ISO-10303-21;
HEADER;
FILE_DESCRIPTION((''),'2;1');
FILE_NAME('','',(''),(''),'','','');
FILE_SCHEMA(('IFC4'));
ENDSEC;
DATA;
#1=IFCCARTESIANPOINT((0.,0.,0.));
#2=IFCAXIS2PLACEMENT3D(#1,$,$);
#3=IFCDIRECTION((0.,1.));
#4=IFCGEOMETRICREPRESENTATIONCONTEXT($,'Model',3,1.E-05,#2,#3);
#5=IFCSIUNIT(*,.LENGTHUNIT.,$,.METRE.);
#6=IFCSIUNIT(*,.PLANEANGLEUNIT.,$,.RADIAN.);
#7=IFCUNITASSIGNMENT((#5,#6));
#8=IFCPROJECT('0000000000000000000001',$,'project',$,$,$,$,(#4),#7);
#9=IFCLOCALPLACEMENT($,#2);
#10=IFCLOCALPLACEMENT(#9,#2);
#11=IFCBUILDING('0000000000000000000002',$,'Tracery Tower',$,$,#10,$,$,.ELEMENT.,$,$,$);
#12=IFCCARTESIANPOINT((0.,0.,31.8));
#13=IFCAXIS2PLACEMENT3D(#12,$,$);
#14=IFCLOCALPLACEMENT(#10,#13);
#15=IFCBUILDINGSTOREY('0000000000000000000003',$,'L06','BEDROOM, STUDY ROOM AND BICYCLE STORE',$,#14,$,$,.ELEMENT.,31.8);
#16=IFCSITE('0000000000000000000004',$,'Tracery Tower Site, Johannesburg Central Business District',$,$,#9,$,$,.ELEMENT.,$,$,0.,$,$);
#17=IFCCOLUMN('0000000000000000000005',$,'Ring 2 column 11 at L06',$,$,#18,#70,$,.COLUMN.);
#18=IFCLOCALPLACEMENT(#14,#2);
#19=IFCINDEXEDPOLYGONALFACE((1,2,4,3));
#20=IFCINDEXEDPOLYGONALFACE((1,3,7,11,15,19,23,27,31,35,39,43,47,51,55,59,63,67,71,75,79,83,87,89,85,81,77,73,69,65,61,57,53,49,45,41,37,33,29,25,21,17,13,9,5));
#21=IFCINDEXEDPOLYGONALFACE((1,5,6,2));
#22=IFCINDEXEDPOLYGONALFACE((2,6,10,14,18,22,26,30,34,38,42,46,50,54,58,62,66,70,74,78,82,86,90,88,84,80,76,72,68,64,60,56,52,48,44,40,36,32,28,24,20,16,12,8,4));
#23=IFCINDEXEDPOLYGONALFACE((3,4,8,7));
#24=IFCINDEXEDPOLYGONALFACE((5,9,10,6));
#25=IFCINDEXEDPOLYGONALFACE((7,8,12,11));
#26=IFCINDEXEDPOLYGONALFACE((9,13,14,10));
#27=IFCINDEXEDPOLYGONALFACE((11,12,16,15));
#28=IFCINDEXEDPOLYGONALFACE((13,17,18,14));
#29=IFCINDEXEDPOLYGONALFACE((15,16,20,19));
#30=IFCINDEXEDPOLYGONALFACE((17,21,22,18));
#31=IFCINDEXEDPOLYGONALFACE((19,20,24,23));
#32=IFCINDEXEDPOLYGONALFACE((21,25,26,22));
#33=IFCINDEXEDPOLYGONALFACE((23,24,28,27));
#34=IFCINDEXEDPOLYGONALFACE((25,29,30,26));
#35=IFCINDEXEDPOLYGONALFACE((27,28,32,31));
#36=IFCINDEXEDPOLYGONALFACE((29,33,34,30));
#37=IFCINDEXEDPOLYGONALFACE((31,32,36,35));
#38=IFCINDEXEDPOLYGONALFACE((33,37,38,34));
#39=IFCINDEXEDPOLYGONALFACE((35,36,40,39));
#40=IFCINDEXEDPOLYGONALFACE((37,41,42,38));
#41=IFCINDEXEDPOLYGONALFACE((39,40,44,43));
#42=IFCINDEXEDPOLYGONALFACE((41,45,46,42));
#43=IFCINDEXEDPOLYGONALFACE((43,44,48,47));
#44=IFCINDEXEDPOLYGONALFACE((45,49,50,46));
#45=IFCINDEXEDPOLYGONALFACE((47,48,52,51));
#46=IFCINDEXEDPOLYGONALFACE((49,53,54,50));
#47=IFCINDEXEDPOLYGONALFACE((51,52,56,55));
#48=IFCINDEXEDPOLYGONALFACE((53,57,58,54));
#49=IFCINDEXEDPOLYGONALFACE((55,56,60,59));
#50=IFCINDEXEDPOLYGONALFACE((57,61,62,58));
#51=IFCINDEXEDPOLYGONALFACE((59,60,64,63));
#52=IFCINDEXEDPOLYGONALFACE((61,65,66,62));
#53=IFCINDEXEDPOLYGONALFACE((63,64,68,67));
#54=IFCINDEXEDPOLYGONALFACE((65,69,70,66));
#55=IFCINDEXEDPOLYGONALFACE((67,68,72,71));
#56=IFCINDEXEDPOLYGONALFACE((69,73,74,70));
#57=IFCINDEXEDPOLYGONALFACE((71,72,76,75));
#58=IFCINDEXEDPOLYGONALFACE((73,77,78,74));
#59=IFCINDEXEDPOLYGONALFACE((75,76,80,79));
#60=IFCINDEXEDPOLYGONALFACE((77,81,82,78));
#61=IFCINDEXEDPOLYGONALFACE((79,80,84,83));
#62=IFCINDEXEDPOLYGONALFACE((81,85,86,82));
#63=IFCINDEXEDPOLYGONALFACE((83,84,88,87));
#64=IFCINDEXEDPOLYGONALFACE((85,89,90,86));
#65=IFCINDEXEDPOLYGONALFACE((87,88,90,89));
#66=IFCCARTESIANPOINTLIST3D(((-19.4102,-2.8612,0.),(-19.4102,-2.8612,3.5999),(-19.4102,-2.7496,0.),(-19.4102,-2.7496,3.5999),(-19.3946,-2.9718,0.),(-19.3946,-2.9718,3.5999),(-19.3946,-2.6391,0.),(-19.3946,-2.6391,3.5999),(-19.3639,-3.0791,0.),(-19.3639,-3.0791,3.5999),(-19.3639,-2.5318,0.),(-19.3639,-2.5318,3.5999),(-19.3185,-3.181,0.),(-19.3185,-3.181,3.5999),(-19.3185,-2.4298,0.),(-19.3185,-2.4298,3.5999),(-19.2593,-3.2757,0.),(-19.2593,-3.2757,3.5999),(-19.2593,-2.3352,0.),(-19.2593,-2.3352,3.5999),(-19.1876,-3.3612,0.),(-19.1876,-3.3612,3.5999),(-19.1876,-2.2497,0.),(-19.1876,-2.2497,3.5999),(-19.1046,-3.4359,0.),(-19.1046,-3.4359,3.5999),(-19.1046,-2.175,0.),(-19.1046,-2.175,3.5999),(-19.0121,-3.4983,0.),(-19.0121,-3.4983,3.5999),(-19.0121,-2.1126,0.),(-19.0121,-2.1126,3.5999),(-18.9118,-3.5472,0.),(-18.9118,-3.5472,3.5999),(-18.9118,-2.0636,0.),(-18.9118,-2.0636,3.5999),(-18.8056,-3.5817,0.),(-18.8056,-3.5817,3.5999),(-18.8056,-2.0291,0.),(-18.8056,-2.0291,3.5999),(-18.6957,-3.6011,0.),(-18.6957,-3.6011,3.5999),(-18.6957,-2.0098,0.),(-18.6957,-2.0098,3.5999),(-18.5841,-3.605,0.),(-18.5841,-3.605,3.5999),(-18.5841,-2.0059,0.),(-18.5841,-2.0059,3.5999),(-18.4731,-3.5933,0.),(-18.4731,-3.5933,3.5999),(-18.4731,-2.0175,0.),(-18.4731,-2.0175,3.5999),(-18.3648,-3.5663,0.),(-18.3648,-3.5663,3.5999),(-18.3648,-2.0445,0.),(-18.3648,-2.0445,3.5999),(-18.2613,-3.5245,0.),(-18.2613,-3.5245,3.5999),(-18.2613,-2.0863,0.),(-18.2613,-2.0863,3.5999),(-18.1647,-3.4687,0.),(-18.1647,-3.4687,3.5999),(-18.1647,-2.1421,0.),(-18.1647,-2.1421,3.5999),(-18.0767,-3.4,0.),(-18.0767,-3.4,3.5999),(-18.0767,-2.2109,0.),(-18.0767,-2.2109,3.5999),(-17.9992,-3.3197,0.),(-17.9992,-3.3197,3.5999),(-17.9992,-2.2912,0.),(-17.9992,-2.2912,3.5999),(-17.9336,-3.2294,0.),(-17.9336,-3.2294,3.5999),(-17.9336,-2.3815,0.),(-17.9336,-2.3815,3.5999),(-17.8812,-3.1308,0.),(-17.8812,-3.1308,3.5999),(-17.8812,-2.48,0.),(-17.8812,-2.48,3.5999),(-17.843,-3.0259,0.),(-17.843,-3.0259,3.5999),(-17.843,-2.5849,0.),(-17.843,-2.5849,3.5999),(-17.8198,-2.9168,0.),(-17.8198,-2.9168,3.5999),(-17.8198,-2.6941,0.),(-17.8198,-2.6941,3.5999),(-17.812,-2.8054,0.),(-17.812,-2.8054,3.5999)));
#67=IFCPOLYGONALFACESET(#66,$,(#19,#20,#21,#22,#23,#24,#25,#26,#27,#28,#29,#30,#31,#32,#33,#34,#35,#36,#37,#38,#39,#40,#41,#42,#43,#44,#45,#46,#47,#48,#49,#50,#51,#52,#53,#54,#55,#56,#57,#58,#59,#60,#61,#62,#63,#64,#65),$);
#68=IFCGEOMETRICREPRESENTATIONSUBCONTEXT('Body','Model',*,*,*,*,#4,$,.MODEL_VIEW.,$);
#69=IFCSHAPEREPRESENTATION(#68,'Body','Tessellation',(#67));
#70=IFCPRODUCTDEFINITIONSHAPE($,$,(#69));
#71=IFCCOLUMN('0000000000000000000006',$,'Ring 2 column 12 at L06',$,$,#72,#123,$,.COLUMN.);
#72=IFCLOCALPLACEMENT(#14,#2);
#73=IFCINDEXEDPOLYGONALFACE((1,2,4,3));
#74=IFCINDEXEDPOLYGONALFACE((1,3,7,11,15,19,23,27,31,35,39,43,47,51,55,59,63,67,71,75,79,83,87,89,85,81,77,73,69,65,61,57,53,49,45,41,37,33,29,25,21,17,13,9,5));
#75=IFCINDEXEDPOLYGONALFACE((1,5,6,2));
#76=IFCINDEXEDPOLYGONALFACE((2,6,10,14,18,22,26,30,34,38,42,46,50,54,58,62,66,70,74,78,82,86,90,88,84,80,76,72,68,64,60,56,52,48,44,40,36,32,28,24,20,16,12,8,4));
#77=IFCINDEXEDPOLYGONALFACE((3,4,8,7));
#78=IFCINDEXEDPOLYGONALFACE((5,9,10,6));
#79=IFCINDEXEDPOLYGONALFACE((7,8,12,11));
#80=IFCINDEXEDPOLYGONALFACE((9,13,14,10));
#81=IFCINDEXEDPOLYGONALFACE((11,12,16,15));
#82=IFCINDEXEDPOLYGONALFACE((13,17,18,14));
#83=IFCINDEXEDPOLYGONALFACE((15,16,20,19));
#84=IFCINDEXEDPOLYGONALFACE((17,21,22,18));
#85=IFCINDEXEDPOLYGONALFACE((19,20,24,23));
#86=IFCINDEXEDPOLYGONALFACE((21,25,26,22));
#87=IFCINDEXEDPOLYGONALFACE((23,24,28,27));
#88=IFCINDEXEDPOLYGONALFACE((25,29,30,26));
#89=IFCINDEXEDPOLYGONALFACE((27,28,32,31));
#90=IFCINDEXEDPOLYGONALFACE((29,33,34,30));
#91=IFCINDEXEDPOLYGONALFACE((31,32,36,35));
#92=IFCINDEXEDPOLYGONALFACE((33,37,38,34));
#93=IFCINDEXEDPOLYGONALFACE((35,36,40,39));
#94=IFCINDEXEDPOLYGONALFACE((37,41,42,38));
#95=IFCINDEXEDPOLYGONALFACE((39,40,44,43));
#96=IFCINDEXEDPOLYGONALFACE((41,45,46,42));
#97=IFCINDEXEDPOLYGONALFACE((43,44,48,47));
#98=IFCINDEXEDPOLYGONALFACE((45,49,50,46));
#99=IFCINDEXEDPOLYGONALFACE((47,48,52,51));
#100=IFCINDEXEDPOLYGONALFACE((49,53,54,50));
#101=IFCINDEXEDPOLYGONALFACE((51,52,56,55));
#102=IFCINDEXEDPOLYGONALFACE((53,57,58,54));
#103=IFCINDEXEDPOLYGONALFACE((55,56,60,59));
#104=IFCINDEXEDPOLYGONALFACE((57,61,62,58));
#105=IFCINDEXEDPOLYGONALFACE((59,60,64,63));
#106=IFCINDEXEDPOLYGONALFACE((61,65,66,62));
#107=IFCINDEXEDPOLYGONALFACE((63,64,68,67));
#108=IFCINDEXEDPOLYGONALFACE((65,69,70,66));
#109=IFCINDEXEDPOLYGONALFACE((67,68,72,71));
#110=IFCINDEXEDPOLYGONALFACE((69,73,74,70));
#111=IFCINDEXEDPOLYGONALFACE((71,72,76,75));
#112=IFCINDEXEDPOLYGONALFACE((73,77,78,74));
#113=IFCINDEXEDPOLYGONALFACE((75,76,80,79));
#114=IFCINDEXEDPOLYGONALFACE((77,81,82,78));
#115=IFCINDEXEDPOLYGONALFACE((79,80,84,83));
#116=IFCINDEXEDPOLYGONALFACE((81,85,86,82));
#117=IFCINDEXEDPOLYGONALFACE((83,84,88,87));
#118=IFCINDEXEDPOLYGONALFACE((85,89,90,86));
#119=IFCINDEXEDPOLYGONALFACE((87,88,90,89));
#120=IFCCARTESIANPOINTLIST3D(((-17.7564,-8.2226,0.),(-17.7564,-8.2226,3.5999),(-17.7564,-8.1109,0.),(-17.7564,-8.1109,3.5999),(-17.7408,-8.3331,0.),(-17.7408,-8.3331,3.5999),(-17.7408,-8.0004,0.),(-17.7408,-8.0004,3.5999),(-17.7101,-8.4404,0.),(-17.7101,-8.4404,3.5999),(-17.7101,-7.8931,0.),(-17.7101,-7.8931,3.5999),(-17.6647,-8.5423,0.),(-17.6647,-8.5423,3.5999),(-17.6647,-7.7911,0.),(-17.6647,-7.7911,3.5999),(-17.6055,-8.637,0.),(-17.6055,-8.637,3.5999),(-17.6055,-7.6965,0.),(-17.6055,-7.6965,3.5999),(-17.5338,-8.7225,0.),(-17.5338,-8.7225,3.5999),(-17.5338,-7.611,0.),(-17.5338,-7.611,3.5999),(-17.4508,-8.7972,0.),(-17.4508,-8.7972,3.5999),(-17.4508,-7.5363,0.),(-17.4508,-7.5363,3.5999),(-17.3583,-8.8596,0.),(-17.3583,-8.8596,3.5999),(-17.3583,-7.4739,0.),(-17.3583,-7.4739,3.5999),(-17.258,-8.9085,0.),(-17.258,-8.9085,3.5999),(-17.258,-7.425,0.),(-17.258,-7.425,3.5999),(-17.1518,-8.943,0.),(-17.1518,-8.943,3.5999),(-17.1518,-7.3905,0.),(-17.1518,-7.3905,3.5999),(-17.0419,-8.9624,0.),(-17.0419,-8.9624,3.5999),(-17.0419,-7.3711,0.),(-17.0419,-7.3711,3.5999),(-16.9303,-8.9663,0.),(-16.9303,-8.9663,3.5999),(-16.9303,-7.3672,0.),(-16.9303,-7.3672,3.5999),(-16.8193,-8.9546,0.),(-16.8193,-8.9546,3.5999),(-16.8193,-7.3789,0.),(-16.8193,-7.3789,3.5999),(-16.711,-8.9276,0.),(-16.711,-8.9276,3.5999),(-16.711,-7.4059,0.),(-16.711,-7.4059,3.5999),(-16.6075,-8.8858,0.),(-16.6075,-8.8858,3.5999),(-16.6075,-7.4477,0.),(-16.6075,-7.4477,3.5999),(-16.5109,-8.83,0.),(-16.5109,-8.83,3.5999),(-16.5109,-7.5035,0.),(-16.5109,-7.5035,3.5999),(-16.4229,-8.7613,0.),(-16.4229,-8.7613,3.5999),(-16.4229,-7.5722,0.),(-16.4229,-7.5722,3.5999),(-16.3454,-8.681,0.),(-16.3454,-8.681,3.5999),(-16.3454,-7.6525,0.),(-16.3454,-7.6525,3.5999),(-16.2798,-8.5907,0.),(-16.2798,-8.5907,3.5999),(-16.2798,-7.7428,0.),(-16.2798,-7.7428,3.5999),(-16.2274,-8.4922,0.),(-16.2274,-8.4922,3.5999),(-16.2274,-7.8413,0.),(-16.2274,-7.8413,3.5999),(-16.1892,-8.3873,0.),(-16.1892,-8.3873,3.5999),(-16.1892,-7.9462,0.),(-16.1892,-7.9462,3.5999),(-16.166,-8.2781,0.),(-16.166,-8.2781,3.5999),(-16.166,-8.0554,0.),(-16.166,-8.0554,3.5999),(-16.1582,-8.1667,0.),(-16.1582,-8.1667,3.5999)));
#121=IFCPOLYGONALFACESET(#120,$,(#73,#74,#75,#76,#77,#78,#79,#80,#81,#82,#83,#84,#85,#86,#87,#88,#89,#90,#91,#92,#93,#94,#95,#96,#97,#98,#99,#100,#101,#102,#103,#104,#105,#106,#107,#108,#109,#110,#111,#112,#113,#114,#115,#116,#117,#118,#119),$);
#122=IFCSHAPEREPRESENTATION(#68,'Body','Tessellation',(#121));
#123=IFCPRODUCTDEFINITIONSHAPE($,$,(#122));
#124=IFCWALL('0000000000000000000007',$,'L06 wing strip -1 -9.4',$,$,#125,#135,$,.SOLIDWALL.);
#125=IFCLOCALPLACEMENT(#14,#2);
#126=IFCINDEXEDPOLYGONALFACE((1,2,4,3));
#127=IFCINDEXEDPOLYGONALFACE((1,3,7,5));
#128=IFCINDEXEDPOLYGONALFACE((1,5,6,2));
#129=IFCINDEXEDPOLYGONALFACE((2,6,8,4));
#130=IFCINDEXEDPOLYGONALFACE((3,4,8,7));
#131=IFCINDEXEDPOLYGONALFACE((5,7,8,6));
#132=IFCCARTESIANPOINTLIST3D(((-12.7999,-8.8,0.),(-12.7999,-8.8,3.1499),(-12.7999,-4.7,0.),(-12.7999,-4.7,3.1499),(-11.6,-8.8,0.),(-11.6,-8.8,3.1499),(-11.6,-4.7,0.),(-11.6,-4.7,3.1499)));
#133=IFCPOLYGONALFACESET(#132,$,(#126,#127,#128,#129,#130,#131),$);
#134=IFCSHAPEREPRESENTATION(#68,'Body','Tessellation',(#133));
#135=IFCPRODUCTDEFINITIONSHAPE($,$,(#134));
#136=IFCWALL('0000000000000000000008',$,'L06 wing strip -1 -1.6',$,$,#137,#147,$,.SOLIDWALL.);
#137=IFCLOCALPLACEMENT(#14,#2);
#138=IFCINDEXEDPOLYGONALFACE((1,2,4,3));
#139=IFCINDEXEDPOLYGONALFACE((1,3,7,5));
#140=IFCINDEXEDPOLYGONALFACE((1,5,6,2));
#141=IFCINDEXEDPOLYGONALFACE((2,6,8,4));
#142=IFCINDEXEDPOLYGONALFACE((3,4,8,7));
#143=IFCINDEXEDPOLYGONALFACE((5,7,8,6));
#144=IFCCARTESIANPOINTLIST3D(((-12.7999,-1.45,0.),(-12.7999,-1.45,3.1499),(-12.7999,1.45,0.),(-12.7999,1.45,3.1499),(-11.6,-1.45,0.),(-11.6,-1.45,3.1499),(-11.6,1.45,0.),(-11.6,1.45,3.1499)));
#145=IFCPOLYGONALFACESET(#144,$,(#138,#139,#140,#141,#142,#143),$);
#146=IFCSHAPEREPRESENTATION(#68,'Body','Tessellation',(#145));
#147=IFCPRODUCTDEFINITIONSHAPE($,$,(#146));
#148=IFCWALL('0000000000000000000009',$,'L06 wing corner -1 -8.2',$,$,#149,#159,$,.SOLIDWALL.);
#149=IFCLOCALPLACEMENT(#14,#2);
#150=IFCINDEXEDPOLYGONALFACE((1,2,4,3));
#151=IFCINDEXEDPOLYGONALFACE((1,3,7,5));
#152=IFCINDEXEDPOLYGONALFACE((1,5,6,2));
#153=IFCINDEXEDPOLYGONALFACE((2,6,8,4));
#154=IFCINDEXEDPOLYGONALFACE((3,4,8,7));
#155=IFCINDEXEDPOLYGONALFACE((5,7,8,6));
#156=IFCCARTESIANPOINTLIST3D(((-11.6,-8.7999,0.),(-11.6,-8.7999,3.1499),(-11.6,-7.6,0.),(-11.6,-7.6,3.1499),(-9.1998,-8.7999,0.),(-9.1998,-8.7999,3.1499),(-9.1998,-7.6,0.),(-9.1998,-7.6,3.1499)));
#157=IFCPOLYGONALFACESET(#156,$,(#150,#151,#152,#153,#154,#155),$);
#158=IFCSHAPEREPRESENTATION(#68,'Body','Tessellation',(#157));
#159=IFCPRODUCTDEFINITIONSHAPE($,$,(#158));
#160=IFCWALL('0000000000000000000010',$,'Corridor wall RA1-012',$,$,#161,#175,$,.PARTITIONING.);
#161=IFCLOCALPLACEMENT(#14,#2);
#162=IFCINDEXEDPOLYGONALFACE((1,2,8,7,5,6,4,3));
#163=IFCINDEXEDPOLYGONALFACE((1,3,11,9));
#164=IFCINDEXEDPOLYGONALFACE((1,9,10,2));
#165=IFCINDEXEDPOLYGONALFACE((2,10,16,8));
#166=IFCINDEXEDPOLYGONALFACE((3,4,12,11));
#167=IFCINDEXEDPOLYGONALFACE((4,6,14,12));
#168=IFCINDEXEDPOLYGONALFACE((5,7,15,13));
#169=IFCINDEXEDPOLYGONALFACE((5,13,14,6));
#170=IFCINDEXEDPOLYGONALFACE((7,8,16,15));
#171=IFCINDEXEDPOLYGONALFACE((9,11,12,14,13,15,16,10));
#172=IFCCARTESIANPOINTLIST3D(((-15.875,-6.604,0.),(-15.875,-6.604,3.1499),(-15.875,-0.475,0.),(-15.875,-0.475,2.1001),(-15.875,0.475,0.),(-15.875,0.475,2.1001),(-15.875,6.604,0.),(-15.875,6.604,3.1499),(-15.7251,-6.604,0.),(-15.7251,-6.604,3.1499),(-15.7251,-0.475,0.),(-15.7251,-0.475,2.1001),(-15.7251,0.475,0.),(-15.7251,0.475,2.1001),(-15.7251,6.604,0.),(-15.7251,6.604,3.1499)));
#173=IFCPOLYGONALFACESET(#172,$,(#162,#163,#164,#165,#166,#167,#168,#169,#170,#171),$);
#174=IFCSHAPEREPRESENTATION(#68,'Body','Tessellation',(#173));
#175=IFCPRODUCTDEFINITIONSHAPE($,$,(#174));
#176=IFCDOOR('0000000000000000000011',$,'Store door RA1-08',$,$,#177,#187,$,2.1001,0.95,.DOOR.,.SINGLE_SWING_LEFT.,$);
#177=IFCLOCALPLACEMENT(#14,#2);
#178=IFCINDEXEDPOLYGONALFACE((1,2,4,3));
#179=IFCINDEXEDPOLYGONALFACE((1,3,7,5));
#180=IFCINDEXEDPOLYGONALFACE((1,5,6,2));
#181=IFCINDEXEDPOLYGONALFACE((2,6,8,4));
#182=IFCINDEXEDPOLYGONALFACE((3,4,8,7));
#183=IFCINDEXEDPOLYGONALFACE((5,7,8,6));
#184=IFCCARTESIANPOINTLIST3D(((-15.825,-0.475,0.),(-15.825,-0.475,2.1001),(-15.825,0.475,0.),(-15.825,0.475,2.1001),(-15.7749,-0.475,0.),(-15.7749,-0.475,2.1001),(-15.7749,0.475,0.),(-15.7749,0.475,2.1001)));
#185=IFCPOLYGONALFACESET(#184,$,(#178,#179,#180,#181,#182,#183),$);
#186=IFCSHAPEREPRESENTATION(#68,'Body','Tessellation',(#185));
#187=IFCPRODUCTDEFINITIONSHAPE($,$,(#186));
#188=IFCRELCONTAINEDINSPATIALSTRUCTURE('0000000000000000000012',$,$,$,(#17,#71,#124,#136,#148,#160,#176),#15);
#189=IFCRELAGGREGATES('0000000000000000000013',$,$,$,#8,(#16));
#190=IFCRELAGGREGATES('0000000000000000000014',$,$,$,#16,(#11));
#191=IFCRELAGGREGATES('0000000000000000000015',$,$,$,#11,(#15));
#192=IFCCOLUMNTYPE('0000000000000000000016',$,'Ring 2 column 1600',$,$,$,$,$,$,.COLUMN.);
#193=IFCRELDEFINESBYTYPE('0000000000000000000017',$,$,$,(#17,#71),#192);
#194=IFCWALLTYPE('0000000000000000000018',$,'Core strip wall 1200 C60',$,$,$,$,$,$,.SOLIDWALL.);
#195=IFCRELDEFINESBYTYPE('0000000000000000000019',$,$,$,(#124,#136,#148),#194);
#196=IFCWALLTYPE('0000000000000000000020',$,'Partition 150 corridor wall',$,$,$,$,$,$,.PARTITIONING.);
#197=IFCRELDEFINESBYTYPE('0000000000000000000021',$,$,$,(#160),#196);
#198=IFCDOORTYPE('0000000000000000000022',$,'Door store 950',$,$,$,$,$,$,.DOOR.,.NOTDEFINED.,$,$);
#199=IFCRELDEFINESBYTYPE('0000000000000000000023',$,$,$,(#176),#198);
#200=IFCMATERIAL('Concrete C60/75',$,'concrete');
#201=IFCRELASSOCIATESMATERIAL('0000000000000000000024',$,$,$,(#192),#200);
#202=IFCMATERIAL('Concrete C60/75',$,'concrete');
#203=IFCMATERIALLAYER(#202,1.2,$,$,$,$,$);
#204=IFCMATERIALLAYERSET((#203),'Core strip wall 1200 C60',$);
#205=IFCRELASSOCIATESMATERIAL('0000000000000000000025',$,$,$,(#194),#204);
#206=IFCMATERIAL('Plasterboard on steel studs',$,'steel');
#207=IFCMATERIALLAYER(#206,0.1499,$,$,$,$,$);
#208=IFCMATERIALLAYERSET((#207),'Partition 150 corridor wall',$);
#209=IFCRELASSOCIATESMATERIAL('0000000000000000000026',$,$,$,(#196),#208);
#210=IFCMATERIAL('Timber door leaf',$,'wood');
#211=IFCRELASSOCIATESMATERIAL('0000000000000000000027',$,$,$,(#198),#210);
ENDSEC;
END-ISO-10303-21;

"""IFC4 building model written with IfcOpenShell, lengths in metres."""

from ifc_helpers import new_model, si_unit, direction, frame, frame_2d, origin, origin_2d, place, context, subcontext, project, spatial, rectangle, circle, extrude, material, layer, layer_set, material_profile, profile_set, type_object, element, fill, save


model = new_model("IFC4")

# Units and contexts
model_context = context("Model", 3, precision=1e-05, world=origin(), true_north=direction((0.0, 1.0)))
body_context = subcontext(model_context, "Body", "Model", "MODEL_VIEW")
ifc_project = project(units=[si_unit("LENGTHUNIT", "METRE"), si_unit("PLANEANGLEUNIT", "RADIAN")], contexts=[model_context])

# Site, building, storey
site_placement = place(None, origin())
site = spatial("IfcSite", under=ifc_project, at=site_placement, Name="Tracery Tower Site, Johannesburg Central Business District", CompositionType="ELEMENT", RefElevation=0.0)
building_placement = place(site_placement, origin())
building = spatial("IfcBuilding", under=site, at=building_placement, Name="Tracery Tower", CompositionType="ELEMENT")
storey_placement = place(building_placement, frame((0.0, 0.0, 31.8)))
storey = spatial("IfcBuildingStorey", under=building, at=storey_placement, Name="L06", Description="BEDROOM, STUDY ROOM AND BICYCLE STORE", CompositionType="ELEMENT", Elevation=31.8)

# Columns
ifc_material_1 = material(Name="Concrete C60/75", Category="concrete")
ifc_material_profile = material_profile(ifc_material_1, circle(Radius=0.8, at=origin_2d()), Name="RC D1600")
ifc_profile_set = profile_set([ifc_material_profile], Name="Concrete C60/75")
column_type = type_object("IfcColumnType", Name="Ring 2 column 1600", PredefinedType="COLUMN", material=ifc_profile_set)
for number, where, z_axis, x_axis, name in (
    (1, (-18.6121, -2.8054, 0.0), (0.0, 0.0, 1.0), (1.0, 0.0, 0.0), "Ring 2 column 11 at L06"),
    (2, (-16.9583, -8.1667, 0.0), (0.0, 0.0, 1.0), (1.0, 0.0, 0.0), "Ring 2 column 12 at L06"),
):
    element("IfcColumn", number, at=place(storey_placement, frame(where, z_axis=z_axis, x_axis=x_axis)), inside=storey, type_object=column_type, Name=name, PredefinedType="COLUMN", context=body_context, shape_type="SweptSolid", body=[
        extrude(circle(Radius=0.8, at=origin_2d()), origin(), (0.0, 0.0, 1.0), 3.5999),
    ])

# Walls
ifc_material_2 = material(Name="Concrete C60/75", Category="concrete")
ifc_layer_1 = layer(ifc_material_2, 1.2)
ifc_layer_set_1 = layer_set([ifc_layer_1], Name="Core strip wall 1200 C60")
wall_type_1 = type_object("IfcWallType", Name="Core strip wall 1200 C60", PredefinedType="SOLIDWALL", material=ifc_layer_set_1)
wall_1_placement = place(storey_placement, frame((-12.2, -8.8, 0.0), z_axis=(0.0, 0.0, 1.0), x_axis=(0.0, 1.0, 0.0)))
element("IfcWall", 3, at=wall_1_placement, inside=storey, type_object=wall_type_1, Name="L06 wing strip -1 -9.4", PredefinedType="SOLIDWALL", context=body_context, shape_type="SweptSolid", body=[
    extrude(rectangle(XDim=4.1001, YDim=1.2, at=frame_2d((2.05, 0.0))), origin(), (0.0, 0.0, 1.0), 3.1499),
])
wall_2_placement = place(storey_placement, frame((-12.2, -1.45, 0.0), z_axis=(0.0, 0.0, 1.0), x_axis=(0.0, 1.0, 0.0)))
element("IfcWall", 4, at=wall_2_placement, inside=storey, type_object=wall_type_1, Name="L06 wing strip -1 -1.6", PredefinedType="SOLIDWALL", context=body_context, shape_type="SweptSolid", body=[
    extrude(rectangle(XDim=2.8999, YDim=1.2, at=frame_2d((1.45, 0.0))), origin(), (0.0, 0.0, 1.0), 3.1499),
])
wall_3_placement = place(storey_placement, frame((-11.6001, -8.2, 0.0), z_axis=(0.0, 0.0, 1.0), x_axis=(1.0, 0.0, 0.0)))
element("IfcWall", 5, at=wall_3_placement, inside=storey, type_object=wall_type_1, Name="L06 wing corner -1 -8.2", PredefinedType="SOLIDWALL", context=body_context, shape_type="SweptSolid", body=[
    extrude(rectangle(XDim=2.4001, YDim=1.2, at=frame_2d((1.2002, 0.0))), origin(), (0.0, 0.0, 1.0), 3.1499),
])

# Wall, opening, door
ifc_material_3 = material(Name="Plasterboard on steel studs", Category="steel")
ifc_layer_2 = layer(ifc_material_3, 0.1499)
ifc_layer_set_2 = layer_set([ifc_layer_2], Name="Partition 150 corridor wall")
wall_type_2 = type_object("IfcWallType", Name="Partition 150 corridor wall", PredefinedType="PARTITIONING", material=ifc_layer_set_2)
wall_4_placement = place(storey_placement, frame((-15.8, -6.604, 0.0), z_axis=(0.0, 0.0, 1.0), x_axis=(0.0, 1.0, 0.0)))
wall_4 = element("IfcWall", 6, at=wall_4_placement, inside=storey, type_object=wall_type_2, Name="Corridor wall RA1-012", PredefinedType="PARTITIONING", context=body_context, shape_type="SweptSolid", body=[
    extrude(rectangle(XDim=13.208, YDim=0.1499, at=frame_2d((6.604, 0.0))), origin(), (0.0, 0.0, 1.0), 3.1499),
])
opening_1_placement = place(wall_4_placement, frame((6.1289, 0.0, 0.0)))
opening_1 = element("IfcOpeningElement", 7, at=opening_1_placement, cuts=wall_4, PredefinedType="OPENING", context=body_context, shape_type="SweptSolid", body=[
    extrude(rectangle(XDim=0.95, YDim=2.1001, at=frame_2d((0.4751, 1.05))), frame((0.0, 0.075, 0.0), z_axis=(0.0, -1.0, 0.0), x_axis=(1.0, 0.0, 0.0)), (0.0, 0.0, 1.0), 0.1499),
])
ifc_material_4 = material(Name="Timber door leaf", Category="wood")
door_type_1 = type_object("IfcDoorType", Name="Door store 950", OperationType="NOTDEFINED", PredefinedType="DOOR", material=ifc_material_4)
door_1_placement = place(opening_1_placement, origin())
door_1 = element("IfcDoor", 8, at=door_1_placement, inside=storey, type_object=door_type_1, Name="Store door RA1-08", OperationType="SINGLE_SWING_LEFT", OverallHeight=2.1001, OverallWidth=0.95, PredefinedType="DOOR", context=body_context, shape_type="SweptSolid", body=[
    extrude(rectangle(XDim=0.95, YDim=2.1001, at=frame_2d((0.4751, 1.05))), frame((0.0, 0.0249, 0.0), z_axis=(0.0, -1.0, 0.0), x_axis=(1.0, 0.0, 0.0)), (0.0, 0.0, 1.0), 0.05),
])
fill(opening_1, door_1)

save(model, "model.ifc")
